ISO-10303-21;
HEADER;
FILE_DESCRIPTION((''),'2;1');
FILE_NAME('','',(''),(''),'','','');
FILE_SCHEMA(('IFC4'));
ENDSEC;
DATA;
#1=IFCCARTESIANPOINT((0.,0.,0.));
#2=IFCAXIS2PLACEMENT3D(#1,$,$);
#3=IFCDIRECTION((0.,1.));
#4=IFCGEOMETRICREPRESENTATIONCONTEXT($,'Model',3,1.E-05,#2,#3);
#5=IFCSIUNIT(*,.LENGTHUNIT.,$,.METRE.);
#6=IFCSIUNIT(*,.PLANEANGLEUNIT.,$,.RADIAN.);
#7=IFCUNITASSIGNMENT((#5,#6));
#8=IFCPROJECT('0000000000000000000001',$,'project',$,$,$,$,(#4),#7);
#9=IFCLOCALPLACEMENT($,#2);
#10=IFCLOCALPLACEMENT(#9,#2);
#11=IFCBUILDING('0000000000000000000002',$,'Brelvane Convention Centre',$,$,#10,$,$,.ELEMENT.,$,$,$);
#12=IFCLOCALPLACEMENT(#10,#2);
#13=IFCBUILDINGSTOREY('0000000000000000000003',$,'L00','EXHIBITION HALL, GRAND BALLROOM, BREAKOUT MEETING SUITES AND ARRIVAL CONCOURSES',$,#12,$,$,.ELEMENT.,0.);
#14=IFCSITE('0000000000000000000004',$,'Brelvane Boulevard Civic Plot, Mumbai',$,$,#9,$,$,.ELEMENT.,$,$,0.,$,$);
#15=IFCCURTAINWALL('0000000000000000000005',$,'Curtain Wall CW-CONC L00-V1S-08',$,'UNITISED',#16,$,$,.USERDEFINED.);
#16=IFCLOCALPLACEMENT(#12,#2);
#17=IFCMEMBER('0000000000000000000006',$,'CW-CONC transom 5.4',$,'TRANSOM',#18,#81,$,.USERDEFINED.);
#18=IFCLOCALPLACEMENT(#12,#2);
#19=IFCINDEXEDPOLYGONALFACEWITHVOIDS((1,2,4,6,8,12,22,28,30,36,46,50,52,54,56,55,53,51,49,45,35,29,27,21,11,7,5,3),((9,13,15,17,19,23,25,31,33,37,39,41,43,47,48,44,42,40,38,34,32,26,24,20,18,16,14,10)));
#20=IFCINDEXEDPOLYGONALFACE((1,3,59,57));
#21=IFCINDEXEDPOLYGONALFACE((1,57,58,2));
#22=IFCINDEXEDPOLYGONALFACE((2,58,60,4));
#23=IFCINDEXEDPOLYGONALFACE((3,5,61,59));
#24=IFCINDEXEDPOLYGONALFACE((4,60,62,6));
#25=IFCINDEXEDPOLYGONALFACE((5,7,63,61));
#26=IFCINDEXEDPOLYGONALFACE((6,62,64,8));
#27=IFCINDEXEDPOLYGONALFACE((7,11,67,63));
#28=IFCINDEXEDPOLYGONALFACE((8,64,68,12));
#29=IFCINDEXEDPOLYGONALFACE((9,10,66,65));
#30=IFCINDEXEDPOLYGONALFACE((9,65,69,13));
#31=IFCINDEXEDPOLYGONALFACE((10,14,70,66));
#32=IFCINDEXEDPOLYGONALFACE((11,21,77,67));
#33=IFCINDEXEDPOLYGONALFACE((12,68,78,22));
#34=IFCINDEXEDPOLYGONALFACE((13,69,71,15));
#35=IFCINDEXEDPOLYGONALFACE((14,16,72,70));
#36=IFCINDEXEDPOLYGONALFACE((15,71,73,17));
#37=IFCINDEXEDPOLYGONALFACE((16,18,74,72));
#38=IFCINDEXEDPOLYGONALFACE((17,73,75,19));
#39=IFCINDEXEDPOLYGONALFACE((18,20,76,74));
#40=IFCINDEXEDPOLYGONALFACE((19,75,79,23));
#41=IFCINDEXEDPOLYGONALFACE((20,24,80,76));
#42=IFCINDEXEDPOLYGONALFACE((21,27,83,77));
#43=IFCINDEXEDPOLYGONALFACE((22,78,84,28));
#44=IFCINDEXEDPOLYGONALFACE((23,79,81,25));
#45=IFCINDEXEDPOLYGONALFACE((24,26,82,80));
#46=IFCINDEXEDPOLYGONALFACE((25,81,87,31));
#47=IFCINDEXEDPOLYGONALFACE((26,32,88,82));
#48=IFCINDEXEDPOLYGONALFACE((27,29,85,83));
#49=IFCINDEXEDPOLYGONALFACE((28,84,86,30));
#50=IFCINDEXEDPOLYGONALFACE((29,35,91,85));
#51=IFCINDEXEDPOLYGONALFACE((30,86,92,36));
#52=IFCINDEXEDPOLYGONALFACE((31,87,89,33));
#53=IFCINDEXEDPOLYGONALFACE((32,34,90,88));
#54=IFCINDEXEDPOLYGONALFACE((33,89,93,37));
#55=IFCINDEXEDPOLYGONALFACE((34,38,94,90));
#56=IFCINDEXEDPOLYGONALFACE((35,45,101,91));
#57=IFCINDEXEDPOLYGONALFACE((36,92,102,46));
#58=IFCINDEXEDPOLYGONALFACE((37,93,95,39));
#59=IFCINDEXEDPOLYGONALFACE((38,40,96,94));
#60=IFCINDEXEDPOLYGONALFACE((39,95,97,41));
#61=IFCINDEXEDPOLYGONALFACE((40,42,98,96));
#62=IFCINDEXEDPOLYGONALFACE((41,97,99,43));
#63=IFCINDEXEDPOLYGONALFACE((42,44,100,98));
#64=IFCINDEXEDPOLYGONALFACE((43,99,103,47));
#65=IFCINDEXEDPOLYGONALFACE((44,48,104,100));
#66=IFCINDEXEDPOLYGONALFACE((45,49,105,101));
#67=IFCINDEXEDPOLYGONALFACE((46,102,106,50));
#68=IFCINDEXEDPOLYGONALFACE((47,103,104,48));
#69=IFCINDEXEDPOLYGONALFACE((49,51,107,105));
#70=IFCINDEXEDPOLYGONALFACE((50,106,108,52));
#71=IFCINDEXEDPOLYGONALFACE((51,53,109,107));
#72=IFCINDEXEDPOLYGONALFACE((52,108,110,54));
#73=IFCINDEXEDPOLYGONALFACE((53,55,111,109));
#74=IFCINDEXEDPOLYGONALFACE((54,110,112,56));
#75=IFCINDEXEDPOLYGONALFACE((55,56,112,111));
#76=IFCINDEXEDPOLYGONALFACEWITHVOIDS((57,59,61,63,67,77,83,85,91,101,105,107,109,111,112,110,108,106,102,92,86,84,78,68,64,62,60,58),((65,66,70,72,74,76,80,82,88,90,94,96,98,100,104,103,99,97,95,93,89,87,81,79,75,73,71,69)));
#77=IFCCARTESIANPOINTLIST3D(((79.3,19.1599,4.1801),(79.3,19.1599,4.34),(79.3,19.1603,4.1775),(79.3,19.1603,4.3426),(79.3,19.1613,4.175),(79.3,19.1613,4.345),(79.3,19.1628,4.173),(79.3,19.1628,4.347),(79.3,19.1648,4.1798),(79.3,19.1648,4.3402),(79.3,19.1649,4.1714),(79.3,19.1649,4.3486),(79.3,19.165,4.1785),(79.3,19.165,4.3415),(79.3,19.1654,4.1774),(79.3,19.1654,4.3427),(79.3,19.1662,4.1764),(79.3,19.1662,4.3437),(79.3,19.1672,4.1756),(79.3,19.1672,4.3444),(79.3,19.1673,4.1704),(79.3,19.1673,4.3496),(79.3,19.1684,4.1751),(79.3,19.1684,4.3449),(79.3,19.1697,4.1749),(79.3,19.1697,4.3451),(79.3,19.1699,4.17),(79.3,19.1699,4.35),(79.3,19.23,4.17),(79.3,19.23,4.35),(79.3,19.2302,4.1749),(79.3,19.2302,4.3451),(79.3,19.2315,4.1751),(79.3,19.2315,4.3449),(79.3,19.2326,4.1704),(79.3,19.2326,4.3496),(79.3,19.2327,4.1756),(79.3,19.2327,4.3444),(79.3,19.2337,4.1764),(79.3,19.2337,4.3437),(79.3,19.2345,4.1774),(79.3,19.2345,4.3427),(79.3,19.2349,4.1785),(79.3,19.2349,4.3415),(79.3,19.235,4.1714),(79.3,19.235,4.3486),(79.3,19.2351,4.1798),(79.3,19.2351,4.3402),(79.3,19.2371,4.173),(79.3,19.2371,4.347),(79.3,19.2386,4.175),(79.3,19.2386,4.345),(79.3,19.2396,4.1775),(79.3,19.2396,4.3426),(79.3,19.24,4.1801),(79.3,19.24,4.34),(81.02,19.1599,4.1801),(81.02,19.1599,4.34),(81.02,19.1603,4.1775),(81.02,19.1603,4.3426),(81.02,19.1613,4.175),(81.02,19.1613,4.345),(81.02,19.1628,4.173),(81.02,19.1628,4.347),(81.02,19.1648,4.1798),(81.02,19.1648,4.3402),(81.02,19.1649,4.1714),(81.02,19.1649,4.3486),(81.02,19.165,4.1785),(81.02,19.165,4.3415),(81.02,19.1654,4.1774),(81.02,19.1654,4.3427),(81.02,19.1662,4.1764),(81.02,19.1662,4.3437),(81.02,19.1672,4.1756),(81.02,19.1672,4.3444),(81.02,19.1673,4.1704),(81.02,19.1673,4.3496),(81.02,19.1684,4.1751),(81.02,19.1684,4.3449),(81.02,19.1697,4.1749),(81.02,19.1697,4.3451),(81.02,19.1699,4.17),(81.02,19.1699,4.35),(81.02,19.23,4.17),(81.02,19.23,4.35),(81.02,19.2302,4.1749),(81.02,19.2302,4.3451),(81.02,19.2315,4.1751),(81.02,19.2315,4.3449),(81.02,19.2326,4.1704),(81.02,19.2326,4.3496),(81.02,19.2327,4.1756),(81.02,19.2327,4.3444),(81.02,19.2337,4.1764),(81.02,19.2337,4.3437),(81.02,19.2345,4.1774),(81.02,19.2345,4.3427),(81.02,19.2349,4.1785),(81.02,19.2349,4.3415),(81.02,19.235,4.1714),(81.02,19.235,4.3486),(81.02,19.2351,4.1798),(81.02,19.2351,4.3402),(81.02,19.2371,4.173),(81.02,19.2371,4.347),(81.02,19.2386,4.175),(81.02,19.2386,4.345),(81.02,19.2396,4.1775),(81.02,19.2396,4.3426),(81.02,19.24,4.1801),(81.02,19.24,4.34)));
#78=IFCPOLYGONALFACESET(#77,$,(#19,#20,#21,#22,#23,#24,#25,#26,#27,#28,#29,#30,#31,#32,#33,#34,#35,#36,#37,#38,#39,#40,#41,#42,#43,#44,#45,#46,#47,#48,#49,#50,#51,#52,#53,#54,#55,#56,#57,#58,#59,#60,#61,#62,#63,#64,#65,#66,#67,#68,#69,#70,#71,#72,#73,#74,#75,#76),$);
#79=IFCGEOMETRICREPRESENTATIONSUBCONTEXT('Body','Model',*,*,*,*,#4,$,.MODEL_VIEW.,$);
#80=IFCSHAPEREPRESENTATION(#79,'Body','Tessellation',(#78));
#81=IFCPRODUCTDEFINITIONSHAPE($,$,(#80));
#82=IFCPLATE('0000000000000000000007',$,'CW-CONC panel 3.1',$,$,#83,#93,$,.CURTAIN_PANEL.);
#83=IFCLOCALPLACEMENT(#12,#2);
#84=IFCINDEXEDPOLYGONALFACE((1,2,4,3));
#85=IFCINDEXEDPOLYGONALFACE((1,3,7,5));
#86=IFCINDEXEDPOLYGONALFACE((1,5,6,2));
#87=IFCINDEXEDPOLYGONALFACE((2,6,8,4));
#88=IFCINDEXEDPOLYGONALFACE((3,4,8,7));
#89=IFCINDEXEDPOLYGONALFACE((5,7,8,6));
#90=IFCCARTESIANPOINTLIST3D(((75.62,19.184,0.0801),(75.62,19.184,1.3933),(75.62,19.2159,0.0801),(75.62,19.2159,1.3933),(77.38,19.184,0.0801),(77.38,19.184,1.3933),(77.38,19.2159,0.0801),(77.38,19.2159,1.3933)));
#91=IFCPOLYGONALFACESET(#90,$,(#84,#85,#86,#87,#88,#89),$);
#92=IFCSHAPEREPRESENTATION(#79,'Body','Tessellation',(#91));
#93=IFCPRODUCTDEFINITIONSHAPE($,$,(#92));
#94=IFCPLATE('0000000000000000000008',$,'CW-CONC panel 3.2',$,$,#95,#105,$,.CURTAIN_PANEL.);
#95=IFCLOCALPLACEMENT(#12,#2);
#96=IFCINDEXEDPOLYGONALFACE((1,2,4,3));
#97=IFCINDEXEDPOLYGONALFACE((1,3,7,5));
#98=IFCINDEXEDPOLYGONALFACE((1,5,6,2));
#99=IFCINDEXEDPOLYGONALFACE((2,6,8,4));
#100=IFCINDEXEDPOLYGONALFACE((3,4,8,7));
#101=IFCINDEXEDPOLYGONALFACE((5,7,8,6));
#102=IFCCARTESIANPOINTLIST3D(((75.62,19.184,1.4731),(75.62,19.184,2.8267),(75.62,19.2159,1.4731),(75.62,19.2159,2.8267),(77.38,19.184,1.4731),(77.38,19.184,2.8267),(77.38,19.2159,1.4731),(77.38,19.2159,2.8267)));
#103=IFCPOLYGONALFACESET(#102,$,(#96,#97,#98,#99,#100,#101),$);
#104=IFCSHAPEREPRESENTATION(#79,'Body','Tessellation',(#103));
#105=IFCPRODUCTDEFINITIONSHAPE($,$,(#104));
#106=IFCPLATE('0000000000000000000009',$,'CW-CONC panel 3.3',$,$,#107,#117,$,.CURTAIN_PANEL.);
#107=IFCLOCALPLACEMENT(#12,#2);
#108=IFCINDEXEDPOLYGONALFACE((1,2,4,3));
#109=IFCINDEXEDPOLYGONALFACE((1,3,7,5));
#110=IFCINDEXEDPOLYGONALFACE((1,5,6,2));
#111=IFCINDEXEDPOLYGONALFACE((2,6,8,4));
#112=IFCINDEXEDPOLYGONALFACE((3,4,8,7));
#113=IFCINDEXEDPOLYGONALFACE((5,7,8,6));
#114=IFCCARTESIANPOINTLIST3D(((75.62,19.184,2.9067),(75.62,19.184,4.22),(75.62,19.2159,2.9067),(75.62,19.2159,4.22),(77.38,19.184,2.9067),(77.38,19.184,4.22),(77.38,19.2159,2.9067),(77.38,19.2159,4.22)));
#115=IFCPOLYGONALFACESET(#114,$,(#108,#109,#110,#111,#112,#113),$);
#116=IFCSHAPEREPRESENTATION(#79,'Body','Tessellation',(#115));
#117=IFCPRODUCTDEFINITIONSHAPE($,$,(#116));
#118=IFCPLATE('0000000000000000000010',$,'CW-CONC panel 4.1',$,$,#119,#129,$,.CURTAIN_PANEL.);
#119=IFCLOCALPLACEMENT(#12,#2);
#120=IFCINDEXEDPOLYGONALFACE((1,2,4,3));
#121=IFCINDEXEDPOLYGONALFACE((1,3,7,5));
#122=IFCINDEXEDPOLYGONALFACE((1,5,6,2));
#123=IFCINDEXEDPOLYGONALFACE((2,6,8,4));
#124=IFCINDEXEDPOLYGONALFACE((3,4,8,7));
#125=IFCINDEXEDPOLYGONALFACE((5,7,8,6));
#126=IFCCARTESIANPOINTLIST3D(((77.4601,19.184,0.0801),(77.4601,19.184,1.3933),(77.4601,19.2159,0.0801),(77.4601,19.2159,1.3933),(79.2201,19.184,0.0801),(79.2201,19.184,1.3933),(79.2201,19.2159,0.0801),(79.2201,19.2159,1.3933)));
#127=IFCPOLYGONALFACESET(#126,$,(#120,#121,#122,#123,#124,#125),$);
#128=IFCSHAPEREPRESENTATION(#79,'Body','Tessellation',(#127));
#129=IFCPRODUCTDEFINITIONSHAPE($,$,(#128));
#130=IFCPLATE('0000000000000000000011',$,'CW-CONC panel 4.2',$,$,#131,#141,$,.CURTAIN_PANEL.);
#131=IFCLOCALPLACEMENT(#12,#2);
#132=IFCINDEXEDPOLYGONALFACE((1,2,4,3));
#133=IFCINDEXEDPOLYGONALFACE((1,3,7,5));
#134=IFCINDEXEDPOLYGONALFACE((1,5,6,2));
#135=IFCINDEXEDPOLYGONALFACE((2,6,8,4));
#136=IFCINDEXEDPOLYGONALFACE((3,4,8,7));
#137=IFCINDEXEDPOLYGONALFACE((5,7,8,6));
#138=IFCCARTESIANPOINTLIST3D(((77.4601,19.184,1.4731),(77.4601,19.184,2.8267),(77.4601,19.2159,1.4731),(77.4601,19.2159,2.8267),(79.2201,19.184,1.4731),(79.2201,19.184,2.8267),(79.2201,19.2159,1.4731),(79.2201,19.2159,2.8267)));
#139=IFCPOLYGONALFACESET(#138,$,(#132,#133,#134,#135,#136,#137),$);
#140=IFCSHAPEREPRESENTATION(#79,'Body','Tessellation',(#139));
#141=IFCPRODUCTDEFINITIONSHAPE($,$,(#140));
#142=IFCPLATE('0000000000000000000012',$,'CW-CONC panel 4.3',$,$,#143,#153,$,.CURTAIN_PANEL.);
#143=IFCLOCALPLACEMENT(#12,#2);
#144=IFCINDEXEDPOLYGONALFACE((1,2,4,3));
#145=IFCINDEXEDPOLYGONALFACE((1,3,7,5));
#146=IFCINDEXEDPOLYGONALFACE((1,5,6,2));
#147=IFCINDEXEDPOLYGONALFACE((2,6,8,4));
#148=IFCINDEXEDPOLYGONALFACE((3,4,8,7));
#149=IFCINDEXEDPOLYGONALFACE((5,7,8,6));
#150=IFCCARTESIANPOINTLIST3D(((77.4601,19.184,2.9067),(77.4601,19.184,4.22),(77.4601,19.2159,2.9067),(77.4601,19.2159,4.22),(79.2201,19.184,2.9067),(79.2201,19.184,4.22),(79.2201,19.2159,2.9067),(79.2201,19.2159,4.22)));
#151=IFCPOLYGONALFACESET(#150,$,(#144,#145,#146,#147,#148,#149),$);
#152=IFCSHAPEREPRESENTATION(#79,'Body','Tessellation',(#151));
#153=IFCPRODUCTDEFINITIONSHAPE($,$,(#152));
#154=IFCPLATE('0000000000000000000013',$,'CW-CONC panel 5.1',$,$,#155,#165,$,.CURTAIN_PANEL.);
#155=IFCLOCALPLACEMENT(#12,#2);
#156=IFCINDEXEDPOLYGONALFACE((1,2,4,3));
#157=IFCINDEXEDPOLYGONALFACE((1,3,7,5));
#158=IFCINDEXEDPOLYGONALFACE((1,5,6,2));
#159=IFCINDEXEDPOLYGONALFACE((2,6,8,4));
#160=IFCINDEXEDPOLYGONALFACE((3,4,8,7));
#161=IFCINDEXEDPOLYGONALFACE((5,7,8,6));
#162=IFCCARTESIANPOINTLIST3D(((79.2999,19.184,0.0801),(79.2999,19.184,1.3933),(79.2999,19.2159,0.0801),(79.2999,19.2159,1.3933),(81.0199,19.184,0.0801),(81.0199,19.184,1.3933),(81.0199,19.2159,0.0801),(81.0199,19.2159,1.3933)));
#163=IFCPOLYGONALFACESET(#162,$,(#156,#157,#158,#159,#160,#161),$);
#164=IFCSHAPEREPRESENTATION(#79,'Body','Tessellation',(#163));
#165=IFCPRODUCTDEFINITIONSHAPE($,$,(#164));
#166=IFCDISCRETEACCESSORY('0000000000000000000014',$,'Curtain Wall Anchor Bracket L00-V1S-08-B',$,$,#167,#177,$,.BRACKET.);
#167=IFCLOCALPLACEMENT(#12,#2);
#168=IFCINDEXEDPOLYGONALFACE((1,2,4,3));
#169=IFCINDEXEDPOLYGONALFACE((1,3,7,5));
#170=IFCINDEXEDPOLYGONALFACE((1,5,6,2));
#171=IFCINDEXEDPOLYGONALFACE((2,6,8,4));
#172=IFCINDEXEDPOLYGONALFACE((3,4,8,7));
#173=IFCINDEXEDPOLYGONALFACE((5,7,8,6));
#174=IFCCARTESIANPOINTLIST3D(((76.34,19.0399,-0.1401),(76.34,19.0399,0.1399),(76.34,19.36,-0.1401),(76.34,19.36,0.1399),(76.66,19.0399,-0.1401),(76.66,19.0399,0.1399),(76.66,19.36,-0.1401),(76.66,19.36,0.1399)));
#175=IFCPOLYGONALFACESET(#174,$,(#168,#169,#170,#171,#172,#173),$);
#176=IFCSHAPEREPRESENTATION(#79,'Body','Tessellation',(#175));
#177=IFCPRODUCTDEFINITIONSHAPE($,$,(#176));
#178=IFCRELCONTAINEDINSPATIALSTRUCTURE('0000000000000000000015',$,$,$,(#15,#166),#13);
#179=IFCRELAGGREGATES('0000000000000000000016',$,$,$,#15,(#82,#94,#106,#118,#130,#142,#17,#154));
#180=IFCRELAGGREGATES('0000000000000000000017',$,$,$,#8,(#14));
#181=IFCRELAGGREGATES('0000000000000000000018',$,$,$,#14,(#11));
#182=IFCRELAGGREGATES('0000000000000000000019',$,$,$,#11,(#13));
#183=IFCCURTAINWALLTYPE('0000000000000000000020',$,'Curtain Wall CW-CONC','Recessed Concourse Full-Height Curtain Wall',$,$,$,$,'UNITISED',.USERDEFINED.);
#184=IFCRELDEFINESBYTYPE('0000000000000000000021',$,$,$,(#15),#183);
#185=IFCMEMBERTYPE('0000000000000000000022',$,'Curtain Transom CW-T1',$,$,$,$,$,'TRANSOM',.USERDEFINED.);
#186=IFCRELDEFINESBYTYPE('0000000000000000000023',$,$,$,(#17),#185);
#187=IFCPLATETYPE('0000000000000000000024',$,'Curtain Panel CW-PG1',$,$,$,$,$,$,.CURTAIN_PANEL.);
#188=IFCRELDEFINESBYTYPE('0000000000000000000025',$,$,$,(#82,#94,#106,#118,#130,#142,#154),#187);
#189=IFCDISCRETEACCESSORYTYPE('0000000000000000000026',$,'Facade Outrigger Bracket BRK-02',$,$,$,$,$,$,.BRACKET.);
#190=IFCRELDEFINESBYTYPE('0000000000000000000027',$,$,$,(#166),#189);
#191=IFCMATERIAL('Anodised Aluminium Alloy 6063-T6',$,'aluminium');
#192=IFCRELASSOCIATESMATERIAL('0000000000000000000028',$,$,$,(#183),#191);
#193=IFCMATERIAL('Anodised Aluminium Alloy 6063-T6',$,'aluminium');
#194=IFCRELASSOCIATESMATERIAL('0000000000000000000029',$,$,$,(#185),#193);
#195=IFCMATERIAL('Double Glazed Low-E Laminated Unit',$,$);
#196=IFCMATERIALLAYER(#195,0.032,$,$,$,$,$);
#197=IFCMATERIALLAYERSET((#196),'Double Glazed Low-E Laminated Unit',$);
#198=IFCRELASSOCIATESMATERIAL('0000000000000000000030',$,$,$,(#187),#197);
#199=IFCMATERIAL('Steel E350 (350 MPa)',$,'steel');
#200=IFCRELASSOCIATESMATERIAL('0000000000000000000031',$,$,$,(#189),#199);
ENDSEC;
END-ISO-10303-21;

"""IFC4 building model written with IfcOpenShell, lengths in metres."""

from ifc_helpers import new_model, si_unit, direction, frame, origin, origin_2d, place, context, subcontext, project, spatial, rectangle, hollow_rectangle, extrude, material, layer, layer_set, material_profile, profile_set, type_object, element, aggregate, save


model = new_model("IFC4")

# Units and contexts
model_context = context("Model", 3, precision=1e-05, world=origin(), true_north=direction((0.0, 1.0)))
body_context = subcontext(model_context, "Body", "Model", "MODEL_VIEW")
ifc_project = project(units=[si_unit("LENGTHUNIT", "METRE"), si_unit("PLANEANGLEUNIT", "RADIAN")], contexts=[model_context])

# Site, building, storey
site_placement = place(None, origin())
site = spatial("IfcSite", under=ifc_project, at=site_placement, Name="Brelvane Boulevard Civic Plot, Mumbai", CompositionType="ELEMENT", RefElevation=0.0)
building_placement = place(site_placement, origin())
building = spatial("IfcBuilding", under=site, at=building_placement, Name="Brelvane Convention Centre", CompositionType="ELEMENT")
storey_placement = place(building_placement, origin())
storey = spatial("IfcBuildingStorey", under=building, at=storey_placement, Name="L00", Description="EXHIBITION HALL, GRAND BALLROOM, BREAKOUT MEETING SUITES AND ARRIVAL CONCOURSES", CompositionType="ELEMENT", Elevation=0.0)

# Curtain wall, member, plates
ifc_material_1 = material(Name="Anodised Aluminium Alloy 6063-T6", Category="aluminium")
curtain_wall_type = type_object("IfcCurtainWallType", Name="Curtain Wall CW-CONC", Description="Recessed Concourse Full-Height Curtain Wall", ElementType="UNITISED", PredefinedType="USERDEFINED", material=ifc_material_1)
curtain_wall_placement = place(storey_placement, origin())
curtain_wall = element("IfcCurtainWall", 1, at=curtain_wall_placement, inside=storey, type_object=curtain_wall_type, Name="Curtain Wall CW-CONC L00-V1S-08", ObjectType="UNITISED", PredefinedType="USERDEFINED")
ifc_material_2 = material(Name="Anodised Aluminium Alloy 6063-T6", Category="aluminium")
ifc_material_profile_1 = material_profile(ifc_material_2, hollow_rectangle(XDim=0.0801, YDim=0.1799, WallThickness=0.0049, InnerFilletRadius=0.0049, OuterFilletRadius=0.01, at=origin_2d()), Name="ALU-T 180x80x5.0")
ifc_profile_set_1 = profile_set([ifc_material_profile_1], Name="Anodised Aluminium Alloy 6063-T6")
member_type_1 = type_object("IfcMemberType", Name="Curtain Transom CW-T1", ElementType="TRANSOM", PredefinedType="USERDEFINED", material=ifc_profile_set_1)
member_1_placement = place(storey_placement, frame((79.3, 19.2, 4.26), z_axis=(1.0, 0.0, 0.0), x_axis=(0.0, 1.0, 0.0)))
member_1 = element("IfcMember", 2, at=member_1_placement, type_object=member_type_1, Name="CW-CONC transom 5.4", ObjectType="TRANSOM", PredefinedType="USERDEFINED", context=body_context, shape_type="SweptSolid", body=[
    extrude(hollow_rectangle(XDim=0.0801, YDim=0.1799, WallThickness=0.0049, InnerFilletRadius=0.0049, OuterFilletRadius=0.01, at=origin_2d()), origin(), (0.0, 0.0, 1.0), 1.72),
])
ifc_material_3 = material(Name="Double Glazed Low-E Laminated Unit")
ifc_layer = layer(ifc_material_3, 0.032)
ifc_layer_set = layer_set([ifc_layer], Name="Double Glazed Low-E Laminated Unit")
plate_type = type_object("IfcPlateType", Name="Curtain Panel CW-PG1", PredefinedType="CURTAIN_PANEL", material=ifc_layer_set)
plate_1_placement = place(storey_placement, frame((76.5, 19.2, 0.0801), z_axis=(0.0, 0.0, 1.0), x_axis=(1.0, 0.0, 0.0)))
plate_1 = element("IfcPlate", 3, at=plate_1_placement, type_object=plate_type, Name="CW-CONC panel 3.1", PredefinedType="CURTAIN_PANEL", context=body_context, shape_type="SweptSolid", body=[
    extrude(rectangle(XDim=1.76, YDim=0.032, at=origin_2d()), origin(), (0.0, 0.0, 1.0), 1.3132),
])
plate_2_placement = place(storey_placement, frame((76.5, 19.2, 1.4731), z_axis=(0.0, 0.0, 1.0), x_axis=(1.0, 0.0, 0.0)))
plate_2 = element("IfcPlate", 4, at=plate_2_placement, type_object=plate_type, Name="CW-CONC panel 3.2", PredefinedType="CURTAIN_PANEL", context=body_context, shape_type="SweptSolid", body=[
    extrude(rectangle(XDim=1.76, YDim=0.032, at=origin_2d()), origin(), (0.0, 0.0, 1.0), 1.3535),
])
plate_3_placement = place(storey_placement, frame((76.5, 19.2, 2.9067), z_axis=(0.0, 0.0, 1.0), x_axis=(1.0, 0.0, 0.0)))
plate_3 = element("IfcPlate", 5, at=plate_3_placement, type_object=plate_type, Name="CW-CONC panel 3.3", PredefinedType="CURTAIN_PANEL", context=body_context, shape_type="SweptSolid", body=[
    extrude(rectangle(XDim=1.76, YDim=0.032, at=origin_2d()), origin(), (0.0, 0.0, 1.0), 1.3132),
])
plate_4_placement = place(storey_placement, frame((78.3401, 19.2, 0.0801), z_axis=(0.0, 0.0, 1.0), x_axis=(1.0, 0.0, 0.0)))
plate_4 = element("IfcPlate", 6, at=plate_4_placement, type_object=plate_type, Name="CW-CONC panel 4.1", PredefinedType="CURTAIN_PANEL", context=body_context, shape_type="SweptSolid", body=[
    extrude(rectangle(XDim=1.76, YDim=0.032, at=origin_2d()), origin(), (0.0, 0.0, 1.0), 1.3132),
])
plate_5_placement = place(storey_placement, frame((78.3401, 19.2, 1.4731), z_axis=(0.0, 0.0, 1.0), x_axis=(1.0, 0.0, 0.0)))
plate_5 = element("IfcPlate", 7, at=plate_5_placement, type_object=plate_type, Name="CW-CONC panel 4.2", PredefinedType="CURTAIN_PANEL", context=body_context, shape_type="SweptSolid", body=[
    extrude(rectangle(XDim=1.76, YDim=0.032, at=origin_2d()), origin(), (0.0, 0.0, 1.0), 1.3535),
])
plate_6_placement = place(storey_placement, frame((78.3401, 19.2, 2.9067), z_axis=(0.0, 0.0, 1.0), x_axis=(1.0, 0.0, 0.0)))
plate_6 = element("IfcPlate", 8, at=plate_6_placement, type_object=plate_type, Name="CW-CONC panel 4.3", PredefinedType="CURTAIN_PANEL", context=body_context, shape_type="SweptSolid", body=[
    extrude(rectangle(XDim=1.76, YDim=0.032, at=origin_2d()), origin(), (0.0, 0.0, 1.0), 1.3132),
])
plate_7_placement = place(storey_placement, frame((80.1599, 19.2, 0.0801), z_axis=(0.0, 0.0, 1.0), x_axis=(1.0, 0.0, 0.0)))
plate_7 = element("IfcPlate", 9, at=plate_7_placement, type_object=plate_type, Name="CW-CONC panel 5.1", PredefinedType="CURTAIN_PANEL", context=body_context, shape_type="SweptSolid", body=[
    extrude(rectangle(XDim=1.72, YDim=0.032, at=origin_2d()), origin(), (0.0, 0.0, 1.0), 1.3132),
])
aggregate(curtain_wall, [plate_1, plate_2, plate_3, plate_4, plate_5, plate_6, member_1, plate_7])

# Discrete accessory
ifc_material_4 = material(Name="Steel E350 (350 MPa)", Category="steel")
discrete_accessory_type = type_object("IfcDiscreteAccessoryType", Name="Facade Outrigger Bracket BRK-02", PredefinedType="BRACKET", material=ifc_material_4)
discrete_accessory_placement = place(storey_placement, frame((76.5, 19.2, -0.1401), z_axis=(0.0, 0.0, 1.0), x_axis=(1.0, 0.0, 0.0)))
element("IfcDiscreteAccessory", 10, at=discrete_accessory_placement, inside=storey, type_object=discrete_accessory_type, Name="Curtain Wall Anchor Bracket L00-V1S-08-B", PredefinedType="BRACKET", context=body_context, shape_type="SweptSolid", body=[
    extrude(rectangle(XDim=0.3201, YDim=0.3201, at=origin_2d()), origin(), (0.0, 0.0, 1.0), 0.28),
])

save(model, "model.ifc")
